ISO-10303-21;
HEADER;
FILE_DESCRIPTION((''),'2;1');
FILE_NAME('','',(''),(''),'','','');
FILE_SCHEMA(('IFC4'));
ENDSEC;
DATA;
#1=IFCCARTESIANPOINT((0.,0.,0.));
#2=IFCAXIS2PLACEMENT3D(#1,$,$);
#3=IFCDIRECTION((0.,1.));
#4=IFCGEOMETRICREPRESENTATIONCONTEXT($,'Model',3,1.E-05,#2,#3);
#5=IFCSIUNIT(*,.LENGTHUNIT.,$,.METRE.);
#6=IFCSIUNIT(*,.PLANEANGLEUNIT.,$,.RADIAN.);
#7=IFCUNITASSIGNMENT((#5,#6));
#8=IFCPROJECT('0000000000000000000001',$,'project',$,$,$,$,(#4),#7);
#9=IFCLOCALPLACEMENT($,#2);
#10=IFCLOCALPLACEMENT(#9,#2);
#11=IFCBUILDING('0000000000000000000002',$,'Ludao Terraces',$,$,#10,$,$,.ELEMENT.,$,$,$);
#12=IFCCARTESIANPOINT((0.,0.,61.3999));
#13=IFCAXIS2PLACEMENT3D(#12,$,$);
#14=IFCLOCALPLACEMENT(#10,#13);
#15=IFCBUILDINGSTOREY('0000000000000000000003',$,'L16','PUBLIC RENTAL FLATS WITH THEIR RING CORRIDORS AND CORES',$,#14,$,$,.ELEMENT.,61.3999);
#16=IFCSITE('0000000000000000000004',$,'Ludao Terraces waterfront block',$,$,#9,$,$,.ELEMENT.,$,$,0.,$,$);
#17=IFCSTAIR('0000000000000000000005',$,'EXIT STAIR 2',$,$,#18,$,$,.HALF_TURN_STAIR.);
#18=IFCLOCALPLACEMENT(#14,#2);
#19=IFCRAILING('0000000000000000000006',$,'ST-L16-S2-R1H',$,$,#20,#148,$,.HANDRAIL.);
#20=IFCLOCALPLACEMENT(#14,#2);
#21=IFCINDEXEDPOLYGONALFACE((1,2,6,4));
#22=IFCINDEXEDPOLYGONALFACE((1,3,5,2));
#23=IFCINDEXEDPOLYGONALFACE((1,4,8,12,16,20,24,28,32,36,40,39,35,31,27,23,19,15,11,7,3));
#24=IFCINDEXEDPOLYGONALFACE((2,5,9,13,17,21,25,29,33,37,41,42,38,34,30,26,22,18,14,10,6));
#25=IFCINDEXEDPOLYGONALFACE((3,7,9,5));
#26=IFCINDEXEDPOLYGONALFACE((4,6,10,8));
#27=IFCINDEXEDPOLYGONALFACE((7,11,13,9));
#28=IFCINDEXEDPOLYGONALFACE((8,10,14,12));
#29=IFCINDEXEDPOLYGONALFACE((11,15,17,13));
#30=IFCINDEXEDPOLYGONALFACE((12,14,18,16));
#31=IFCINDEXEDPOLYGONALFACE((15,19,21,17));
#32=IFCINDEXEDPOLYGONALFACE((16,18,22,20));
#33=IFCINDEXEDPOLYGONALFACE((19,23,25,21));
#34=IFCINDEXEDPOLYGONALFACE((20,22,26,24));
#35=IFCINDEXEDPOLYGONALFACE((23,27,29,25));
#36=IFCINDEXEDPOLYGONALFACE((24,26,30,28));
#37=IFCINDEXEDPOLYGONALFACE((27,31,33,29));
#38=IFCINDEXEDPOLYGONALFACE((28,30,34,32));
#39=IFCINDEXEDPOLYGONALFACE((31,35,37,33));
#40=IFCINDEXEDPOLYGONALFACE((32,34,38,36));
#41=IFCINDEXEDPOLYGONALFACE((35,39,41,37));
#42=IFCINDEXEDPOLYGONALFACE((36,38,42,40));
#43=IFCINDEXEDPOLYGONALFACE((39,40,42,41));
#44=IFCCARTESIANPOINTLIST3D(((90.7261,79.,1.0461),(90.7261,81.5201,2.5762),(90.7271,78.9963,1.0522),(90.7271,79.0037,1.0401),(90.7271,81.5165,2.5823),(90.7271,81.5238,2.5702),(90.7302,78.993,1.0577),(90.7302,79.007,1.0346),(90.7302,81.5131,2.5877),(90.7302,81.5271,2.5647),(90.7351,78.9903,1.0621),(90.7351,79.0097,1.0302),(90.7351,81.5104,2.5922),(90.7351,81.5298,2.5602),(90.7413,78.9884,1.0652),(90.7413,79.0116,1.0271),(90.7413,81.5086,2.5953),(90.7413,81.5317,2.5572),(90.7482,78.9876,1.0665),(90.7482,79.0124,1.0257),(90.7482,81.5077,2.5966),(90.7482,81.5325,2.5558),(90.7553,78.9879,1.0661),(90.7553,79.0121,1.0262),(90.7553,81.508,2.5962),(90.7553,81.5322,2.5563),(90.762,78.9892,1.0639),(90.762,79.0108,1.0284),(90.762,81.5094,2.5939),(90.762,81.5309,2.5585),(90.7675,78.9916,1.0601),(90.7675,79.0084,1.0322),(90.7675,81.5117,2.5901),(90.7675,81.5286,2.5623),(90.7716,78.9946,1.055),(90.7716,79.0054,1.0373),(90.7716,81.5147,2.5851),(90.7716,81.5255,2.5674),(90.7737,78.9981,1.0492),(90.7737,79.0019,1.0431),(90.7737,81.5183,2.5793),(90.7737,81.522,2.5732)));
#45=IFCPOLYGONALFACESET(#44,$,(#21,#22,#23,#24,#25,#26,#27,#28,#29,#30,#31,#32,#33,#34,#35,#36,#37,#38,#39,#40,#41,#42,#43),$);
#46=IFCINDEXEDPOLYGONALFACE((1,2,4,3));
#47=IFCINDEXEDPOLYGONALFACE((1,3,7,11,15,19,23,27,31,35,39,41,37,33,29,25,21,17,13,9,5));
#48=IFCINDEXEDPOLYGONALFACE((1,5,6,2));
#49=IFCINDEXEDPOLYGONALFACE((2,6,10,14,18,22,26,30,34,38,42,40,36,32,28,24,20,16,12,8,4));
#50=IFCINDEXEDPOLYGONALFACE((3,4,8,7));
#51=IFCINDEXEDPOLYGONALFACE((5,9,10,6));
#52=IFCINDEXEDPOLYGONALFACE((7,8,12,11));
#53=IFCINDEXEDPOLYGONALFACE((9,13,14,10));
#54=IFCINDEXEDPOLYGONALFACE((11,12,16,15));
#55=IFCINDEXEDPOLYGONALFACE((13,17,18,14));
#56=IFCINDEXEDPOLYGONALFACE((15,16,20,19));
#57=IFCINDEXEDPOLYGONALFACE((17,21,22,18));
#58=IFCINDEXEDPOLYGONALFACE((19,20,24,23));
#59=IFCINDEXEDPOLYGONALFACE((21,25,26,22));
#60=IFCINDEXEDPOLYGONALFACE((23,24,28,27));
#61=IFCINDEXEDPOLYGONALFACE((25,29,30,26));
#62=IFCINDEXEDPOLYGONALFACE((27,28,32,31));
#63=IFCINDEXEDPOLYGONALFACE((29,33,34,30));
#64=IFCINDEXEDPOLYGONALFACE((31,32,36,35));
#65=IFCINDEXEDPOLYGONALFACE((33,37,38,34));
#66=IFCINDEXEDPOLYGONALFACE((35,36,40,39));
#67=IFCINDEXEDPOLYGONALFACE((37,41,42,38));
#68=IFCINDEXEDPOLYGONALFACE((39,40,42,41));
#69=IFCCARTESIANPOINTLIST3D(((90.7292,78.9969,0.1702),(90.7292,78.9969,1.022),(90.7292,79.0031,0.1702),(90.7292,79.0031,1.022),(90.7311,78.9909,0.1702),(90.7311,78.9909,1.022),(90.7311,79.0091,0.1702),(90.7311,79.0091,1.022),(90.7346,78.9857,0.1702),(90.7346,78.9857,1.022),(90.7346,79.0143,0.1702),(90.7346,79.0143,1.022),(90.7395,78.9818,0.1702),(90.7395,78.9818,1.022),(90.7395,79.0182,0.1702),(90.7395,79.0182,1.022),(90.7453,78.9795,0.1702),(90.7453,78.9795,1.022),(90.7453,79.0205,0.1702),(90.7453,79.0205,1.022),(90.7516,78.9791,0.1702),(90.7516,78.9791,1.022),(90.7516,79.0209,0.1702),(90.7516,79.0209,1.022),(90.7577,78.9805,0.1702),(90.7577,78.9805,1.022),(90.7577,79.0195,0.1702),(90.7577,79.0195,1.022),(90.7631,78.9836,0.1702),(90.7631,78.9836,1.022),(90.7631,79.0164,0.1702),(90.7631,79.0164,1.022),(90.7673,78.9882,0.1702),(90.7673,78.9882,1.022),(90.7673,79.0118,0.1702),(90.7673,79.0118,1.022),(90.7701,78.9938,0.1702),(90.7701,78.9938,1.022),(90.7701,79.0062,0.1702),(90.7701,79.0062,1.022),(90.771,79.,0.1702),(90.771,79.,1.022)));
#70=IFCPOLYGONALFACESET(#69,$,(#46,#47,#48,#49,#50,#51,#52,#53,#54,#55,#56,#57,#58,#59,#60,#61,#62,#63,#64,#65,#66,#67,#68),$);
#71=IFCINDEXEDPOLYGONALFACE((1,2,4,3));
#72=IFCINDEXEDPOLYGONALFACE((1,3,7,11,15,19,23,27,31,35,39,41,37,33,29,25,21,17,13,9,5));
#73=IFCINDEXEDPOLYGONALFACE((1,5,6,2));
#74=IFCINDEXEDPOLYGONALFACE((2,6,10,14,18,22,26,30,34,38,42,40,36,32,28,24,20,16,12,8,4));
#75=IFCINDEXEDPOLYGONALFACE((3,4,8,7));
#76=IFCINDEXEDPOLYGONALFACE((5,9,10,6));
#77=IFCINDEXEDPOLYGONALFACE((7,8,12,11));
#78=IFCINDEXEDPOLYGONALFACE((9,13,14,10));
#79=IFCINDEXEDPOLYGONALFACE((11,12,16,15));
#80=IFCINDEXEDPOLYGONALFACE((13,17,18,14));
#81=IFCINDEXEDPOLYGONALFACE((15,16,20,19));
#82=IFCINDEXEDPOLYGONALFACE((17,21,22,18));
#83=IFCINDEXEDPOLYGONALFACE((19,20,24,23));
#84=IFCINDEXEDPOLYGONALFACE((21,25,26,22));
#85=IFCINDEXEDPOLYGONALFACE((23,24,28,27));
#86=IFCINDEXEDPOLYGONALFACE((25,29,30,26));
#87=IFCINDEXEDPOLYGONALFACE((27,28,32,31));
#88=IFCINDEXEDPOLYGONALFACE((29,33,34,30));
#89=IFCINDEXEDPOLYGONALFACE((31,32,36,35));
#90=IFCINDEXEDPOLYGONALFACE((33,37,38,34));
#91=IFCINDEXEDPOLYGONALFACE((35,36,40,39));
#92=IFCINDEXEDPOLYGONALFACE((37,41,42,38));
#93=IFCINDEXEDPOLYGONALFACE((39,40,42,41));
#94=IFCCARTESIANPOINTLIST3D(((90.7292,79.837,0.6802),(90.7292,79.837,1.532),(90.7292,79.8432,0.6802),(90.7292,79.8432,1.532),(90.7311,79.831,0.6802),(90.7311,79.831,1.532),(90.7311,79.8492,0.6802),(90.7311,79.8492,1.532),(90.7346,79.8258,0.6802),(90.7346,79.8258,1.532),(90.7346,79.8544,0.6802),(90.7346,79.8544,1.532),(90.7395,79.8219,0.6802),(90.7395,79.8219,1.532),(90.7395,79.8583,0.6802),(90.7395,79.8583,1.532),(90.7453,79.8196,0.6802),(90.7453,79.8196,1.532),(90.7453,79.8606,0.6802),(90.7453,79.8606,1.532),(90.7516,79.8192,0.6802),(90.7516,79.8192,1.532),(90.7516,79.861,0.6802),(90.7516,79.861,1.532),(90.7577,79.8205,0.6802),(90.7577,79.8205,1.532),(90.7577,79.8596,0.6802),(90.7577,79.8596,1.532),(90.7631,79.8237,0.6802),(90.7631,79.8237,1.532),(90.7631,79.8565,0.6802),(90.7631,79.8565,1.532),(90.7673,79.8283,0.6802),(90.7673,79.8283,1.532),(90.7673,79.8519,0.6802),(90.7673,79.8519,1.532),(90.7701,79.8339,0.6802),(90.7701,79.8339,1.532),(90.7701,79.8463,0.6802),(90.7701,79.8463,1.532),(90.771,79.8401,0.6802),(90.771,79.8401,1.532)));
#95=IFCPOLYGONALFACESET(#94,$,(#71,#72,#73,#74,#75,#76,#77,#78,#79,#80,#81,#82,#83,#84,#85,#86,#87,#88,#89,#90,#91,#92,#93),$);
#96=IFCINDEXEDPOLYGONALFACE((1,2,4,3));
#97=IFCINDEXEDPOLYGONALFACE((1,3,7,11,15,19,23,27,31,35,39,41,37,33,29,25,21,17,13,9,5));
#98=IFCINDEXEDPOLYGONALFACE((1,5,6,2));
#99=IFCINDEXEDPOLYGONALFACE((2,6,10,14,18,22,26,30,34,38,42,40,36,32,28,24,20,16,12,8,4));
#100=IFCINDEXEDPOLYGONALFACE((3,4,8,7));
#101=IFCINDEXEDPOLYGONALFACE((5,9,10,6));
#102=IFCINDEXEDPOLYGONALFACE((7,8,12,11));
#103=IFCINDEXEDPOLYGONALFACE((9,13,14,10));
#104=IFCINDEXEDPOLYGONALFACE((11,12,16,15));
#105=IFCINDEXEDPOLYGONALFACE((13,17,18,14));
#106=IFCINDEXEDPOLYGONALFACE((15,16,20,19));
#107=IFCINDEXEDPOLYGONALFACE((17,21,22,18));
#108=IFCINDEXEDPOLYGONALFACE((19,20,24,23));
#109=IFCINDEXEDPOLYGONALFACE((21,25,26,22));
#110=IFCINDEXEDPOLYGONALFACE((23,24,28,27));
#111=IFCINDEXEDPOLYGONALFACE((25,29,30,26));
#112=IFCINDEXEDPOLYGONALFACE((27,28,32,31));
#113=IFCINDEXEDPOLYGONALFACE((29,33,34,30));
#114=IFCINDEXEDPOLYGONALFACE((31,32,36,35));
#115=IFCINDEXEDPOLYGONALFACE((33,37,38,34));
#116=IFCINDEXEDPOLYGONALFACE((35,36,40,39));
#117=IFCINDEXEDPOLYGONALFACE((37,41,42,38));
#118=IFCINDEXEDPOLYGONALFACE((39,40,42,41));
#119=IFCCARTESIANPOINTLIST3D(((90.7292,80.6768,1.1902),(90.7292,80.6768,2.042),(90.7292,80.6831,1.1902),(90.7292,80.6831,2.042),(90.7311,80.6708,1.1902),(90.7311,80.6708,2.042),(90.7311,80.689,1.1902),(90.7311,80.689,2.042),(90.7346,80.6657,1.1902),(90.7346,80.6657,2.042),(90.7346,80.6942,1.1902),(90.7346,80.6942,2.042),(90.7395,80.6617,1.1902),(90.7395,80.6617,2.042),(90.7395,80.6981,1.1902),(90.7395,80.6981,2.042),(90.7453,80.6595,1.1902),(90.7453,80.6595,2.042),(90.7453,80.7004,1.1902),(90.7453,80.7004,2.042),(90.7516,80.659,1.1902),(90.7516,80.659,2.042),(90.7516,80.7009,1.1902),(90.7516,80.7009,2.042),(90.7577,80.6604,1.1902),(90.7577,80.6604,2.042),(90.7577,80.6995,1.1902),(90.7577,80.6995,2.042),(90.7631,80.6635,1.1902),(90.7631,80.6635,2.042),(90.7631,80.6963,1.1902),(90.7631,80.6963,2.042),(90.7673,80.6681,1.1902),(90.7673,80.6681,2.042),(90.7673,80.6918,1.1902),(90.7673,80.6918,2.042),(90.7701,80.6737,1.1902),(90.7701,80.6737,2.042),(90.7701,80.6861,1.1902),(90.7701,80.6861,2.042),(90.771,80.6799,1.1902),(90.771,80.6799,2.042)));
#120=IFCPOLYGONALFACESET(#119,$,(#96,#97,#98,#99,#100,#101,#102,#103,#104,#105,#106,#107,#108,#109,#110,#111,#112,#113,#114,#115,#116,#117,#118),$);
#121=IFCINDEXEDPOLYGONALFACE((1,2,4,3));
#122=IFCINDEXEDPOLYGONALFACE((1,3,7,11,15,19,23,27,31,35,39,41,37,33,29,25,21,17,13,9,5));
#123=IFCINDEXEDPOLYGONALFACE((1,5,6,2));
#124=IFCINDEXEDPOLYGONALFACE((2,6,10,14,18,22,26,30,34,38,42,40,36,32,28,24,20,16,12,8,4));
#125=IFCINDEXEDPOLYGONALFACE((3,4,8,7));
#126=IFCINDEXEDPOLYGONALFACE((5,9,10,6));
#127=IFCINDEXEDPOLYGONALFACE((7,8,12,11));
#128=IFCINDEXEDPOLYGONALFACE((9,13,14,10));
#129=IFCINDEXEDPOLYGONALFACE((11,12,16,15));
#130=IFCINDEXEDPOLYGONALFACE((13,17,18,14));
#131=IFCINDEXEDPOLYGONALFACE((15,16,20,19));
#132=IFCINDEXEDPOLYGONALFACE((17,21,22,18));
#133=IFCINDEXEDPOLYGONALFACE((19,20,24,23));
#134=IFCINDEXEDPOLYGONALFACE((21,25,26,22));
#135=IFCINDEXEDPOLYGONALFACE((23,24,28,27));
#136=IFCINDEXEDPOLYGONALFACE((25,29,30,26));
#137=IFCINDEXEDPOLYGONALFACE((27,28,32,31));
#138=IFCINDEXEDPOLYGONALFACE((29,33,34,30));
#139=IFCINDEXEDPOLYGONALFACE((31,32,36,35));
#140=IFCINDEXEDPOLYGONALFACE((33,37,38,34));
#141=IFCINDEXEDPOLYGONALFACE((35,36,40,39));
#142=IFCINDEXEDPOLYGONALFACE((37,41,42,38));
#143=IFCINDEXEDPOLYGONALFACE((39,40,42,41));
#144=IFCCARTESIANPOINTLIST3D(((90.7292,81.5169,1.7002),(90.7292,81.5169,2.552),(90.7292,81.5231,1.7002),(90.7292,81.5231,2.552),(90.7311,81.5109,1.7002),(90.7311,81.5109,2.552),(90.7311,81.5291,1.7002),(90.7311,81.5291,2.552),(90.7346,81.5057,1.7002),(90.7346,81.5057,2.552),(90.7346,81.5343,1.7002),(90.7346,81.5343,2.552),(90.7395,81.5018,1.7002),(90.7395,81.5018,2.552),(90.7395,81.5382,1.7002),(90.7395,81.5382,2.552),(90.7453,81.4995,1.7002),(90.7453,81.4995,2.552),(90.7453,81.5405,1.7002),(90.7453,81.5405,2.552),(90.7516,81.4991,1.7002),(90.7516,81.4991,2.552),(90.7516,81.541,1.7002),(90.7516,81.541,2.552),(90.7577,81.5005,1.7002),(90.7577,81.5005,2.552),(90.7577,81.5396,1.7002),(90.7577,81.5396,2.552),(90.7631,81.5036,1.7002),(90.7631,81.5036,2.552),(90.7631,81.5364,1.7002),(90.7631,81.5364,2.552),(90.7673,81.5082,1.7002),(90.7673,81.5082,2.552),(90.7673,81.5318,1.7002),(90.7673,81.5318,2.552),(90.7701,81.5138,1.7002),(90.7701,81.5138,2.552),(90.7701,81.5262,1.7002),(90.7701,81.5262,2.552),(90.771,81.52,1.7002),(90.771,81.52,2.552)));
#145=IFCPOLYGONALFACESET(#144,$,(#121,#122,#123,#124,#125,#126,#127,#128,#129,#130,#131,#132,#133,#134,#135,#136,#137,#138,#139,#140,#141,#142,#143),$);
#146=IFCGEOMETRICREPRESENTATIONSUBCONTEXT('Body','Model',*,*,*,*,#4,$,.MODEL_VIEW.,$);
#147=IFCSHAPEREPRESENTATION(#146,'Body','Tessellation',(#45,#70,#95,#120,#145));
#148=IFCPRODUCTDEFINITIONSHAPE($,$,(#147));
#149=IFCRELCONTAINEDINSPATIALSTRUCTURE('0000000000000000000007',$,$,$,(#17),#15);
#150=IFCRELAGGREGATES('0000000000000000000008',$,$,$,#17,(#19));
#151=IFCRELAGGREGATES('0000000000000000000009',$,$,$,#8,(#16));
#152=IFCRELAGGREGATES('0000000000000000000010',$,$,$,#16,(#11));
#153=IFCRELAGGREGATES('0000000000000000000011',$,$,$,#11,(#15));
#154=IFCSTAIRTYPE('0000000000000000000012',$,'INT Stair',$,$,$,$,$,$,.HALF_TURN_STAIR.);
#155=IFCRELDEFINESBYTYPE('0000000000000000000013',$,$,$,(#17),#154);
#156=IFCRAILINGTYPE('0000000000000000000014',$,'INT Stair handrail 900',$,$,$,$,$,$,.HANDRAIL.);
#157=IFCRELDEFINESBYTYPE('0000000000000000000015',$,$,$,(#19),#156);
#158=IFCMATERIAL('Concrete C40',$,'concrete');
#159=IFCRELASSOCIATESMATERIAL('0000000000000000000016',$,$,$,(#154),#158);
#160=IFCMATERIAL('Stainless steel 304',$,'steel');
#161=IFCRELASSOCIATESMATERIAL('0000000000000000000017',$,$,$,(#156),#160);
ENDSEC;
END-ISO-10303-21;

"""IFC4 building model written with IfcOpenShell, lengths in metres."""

from ifc_helpers import new_model, si_unit, direction, frame, origin, origin_2d, place, context, subcontext, project, spatial, circle, extrude, material, type_object, element, aggregate, save


model = new_model("IFC4")

# Units and contexts
model_context = context("Model", 3, precision=1e-05, world=origin(), true_north=direction((0.0, 1.0)))
body_context = subcontext(model_context, "Body", "Model", "MODEL_VIEW")
ifc_project = project(units=[si_unit("LENGTHUNIT", "METRE"), si_unit("PLANEANGLEUNIT", "RADIAN")], contexts=[model_context])

# Site, building, storey
site_placement = place(None, origin())
site = spatial("IfcSite", under=ifc_project, at=site_placement, Name="Ludao Terraces waterfront block", CompositionType="ELEMENT", RefElevation=0.0)
building_placement = place(site_placement, origin())
building = spatial("IfcBuilding", under=site, at=building_placement, Name="Ludao Terraces", CompositionType="ELEMENT")
storey_placement = place(building_placement, frame((0.0, 0.0, 61.3999)))
storey = spatial("IfcBuildingStorey", under=building, at=storey_placement, Name="L16", Description="PUBLIC RENTAL FLATS WITH THEIR RING CORRIDORS AND CORES", CompositionType="ELEMENT", Elevation=61.3999)

# Stair, railing
ifc_material_1 = material(Name="Concrete C40", Category="concrete")
stair_type = type_object("IfcStairType", Name="INT Stair", PredefinedType="HALF_TURN_STAIR", material=ifc_material_1)
stair_placement = place(storey_placement, origin())
stair = element("IfcStair", 1, at=stair_placement, inside=storey, type_object=stair_type, Name="EXIT STAIR 2", PredefinedType="HALF_TURN_STAIR")
ifc_material_2 = material(Name="Stainless steel 304", Category="steel")
railing_type_1 = type_object("IfcRailingType", Name="INT Stair handrail 900", PredefinedType="HANDRAIL", material=ifc_material_2)
railing_1_placement = place(storey_placement, frame((90.75, 79.0, 0.1702)))
railing_1 = element("IfcRailing", 2, at=railing_1_placement, type_object=railing_type_1, Name="ST-L16-S2-R1H", PredefinedType="HANDRAIL", context=body_context, shape_type="SweptSolid", body=[
    extrude(circle(Radius=0.0239, at=origin_2d()), frame((0.0, 0.0, 0.876), z_axis=(0.0, 0.854785, 0.518982), x_axis=(-1.0, 0.0, 0.0)), (0.0, 0.0, 1.0), 2.9482),
    extrude(circle(Radius=0.021, at=origin_2d()), origin(), (0.0, 0.0, 1.0), 0.8518),
    extrude(circle(Radius=0.021, at=origin_2d()), frame((0.0, 0.8401, 0.51)), (0.0, 0.0, 1.0), 0.8518),
    extrude(circle(Radius=0.021, at=origin_2d()), frame((0.0, 1.6799, 1.02)), (0.0, 0.0, 1.0), 0.8518),
    extrude(circle(Radius=0.021, at=origin_2d()), frame((0.0, 2.52, 1.53)), (0.0, 0.0, 1.0), 0.8518),
])
aggregate(stair, [railing_1])

save(model, "model.ifc")
